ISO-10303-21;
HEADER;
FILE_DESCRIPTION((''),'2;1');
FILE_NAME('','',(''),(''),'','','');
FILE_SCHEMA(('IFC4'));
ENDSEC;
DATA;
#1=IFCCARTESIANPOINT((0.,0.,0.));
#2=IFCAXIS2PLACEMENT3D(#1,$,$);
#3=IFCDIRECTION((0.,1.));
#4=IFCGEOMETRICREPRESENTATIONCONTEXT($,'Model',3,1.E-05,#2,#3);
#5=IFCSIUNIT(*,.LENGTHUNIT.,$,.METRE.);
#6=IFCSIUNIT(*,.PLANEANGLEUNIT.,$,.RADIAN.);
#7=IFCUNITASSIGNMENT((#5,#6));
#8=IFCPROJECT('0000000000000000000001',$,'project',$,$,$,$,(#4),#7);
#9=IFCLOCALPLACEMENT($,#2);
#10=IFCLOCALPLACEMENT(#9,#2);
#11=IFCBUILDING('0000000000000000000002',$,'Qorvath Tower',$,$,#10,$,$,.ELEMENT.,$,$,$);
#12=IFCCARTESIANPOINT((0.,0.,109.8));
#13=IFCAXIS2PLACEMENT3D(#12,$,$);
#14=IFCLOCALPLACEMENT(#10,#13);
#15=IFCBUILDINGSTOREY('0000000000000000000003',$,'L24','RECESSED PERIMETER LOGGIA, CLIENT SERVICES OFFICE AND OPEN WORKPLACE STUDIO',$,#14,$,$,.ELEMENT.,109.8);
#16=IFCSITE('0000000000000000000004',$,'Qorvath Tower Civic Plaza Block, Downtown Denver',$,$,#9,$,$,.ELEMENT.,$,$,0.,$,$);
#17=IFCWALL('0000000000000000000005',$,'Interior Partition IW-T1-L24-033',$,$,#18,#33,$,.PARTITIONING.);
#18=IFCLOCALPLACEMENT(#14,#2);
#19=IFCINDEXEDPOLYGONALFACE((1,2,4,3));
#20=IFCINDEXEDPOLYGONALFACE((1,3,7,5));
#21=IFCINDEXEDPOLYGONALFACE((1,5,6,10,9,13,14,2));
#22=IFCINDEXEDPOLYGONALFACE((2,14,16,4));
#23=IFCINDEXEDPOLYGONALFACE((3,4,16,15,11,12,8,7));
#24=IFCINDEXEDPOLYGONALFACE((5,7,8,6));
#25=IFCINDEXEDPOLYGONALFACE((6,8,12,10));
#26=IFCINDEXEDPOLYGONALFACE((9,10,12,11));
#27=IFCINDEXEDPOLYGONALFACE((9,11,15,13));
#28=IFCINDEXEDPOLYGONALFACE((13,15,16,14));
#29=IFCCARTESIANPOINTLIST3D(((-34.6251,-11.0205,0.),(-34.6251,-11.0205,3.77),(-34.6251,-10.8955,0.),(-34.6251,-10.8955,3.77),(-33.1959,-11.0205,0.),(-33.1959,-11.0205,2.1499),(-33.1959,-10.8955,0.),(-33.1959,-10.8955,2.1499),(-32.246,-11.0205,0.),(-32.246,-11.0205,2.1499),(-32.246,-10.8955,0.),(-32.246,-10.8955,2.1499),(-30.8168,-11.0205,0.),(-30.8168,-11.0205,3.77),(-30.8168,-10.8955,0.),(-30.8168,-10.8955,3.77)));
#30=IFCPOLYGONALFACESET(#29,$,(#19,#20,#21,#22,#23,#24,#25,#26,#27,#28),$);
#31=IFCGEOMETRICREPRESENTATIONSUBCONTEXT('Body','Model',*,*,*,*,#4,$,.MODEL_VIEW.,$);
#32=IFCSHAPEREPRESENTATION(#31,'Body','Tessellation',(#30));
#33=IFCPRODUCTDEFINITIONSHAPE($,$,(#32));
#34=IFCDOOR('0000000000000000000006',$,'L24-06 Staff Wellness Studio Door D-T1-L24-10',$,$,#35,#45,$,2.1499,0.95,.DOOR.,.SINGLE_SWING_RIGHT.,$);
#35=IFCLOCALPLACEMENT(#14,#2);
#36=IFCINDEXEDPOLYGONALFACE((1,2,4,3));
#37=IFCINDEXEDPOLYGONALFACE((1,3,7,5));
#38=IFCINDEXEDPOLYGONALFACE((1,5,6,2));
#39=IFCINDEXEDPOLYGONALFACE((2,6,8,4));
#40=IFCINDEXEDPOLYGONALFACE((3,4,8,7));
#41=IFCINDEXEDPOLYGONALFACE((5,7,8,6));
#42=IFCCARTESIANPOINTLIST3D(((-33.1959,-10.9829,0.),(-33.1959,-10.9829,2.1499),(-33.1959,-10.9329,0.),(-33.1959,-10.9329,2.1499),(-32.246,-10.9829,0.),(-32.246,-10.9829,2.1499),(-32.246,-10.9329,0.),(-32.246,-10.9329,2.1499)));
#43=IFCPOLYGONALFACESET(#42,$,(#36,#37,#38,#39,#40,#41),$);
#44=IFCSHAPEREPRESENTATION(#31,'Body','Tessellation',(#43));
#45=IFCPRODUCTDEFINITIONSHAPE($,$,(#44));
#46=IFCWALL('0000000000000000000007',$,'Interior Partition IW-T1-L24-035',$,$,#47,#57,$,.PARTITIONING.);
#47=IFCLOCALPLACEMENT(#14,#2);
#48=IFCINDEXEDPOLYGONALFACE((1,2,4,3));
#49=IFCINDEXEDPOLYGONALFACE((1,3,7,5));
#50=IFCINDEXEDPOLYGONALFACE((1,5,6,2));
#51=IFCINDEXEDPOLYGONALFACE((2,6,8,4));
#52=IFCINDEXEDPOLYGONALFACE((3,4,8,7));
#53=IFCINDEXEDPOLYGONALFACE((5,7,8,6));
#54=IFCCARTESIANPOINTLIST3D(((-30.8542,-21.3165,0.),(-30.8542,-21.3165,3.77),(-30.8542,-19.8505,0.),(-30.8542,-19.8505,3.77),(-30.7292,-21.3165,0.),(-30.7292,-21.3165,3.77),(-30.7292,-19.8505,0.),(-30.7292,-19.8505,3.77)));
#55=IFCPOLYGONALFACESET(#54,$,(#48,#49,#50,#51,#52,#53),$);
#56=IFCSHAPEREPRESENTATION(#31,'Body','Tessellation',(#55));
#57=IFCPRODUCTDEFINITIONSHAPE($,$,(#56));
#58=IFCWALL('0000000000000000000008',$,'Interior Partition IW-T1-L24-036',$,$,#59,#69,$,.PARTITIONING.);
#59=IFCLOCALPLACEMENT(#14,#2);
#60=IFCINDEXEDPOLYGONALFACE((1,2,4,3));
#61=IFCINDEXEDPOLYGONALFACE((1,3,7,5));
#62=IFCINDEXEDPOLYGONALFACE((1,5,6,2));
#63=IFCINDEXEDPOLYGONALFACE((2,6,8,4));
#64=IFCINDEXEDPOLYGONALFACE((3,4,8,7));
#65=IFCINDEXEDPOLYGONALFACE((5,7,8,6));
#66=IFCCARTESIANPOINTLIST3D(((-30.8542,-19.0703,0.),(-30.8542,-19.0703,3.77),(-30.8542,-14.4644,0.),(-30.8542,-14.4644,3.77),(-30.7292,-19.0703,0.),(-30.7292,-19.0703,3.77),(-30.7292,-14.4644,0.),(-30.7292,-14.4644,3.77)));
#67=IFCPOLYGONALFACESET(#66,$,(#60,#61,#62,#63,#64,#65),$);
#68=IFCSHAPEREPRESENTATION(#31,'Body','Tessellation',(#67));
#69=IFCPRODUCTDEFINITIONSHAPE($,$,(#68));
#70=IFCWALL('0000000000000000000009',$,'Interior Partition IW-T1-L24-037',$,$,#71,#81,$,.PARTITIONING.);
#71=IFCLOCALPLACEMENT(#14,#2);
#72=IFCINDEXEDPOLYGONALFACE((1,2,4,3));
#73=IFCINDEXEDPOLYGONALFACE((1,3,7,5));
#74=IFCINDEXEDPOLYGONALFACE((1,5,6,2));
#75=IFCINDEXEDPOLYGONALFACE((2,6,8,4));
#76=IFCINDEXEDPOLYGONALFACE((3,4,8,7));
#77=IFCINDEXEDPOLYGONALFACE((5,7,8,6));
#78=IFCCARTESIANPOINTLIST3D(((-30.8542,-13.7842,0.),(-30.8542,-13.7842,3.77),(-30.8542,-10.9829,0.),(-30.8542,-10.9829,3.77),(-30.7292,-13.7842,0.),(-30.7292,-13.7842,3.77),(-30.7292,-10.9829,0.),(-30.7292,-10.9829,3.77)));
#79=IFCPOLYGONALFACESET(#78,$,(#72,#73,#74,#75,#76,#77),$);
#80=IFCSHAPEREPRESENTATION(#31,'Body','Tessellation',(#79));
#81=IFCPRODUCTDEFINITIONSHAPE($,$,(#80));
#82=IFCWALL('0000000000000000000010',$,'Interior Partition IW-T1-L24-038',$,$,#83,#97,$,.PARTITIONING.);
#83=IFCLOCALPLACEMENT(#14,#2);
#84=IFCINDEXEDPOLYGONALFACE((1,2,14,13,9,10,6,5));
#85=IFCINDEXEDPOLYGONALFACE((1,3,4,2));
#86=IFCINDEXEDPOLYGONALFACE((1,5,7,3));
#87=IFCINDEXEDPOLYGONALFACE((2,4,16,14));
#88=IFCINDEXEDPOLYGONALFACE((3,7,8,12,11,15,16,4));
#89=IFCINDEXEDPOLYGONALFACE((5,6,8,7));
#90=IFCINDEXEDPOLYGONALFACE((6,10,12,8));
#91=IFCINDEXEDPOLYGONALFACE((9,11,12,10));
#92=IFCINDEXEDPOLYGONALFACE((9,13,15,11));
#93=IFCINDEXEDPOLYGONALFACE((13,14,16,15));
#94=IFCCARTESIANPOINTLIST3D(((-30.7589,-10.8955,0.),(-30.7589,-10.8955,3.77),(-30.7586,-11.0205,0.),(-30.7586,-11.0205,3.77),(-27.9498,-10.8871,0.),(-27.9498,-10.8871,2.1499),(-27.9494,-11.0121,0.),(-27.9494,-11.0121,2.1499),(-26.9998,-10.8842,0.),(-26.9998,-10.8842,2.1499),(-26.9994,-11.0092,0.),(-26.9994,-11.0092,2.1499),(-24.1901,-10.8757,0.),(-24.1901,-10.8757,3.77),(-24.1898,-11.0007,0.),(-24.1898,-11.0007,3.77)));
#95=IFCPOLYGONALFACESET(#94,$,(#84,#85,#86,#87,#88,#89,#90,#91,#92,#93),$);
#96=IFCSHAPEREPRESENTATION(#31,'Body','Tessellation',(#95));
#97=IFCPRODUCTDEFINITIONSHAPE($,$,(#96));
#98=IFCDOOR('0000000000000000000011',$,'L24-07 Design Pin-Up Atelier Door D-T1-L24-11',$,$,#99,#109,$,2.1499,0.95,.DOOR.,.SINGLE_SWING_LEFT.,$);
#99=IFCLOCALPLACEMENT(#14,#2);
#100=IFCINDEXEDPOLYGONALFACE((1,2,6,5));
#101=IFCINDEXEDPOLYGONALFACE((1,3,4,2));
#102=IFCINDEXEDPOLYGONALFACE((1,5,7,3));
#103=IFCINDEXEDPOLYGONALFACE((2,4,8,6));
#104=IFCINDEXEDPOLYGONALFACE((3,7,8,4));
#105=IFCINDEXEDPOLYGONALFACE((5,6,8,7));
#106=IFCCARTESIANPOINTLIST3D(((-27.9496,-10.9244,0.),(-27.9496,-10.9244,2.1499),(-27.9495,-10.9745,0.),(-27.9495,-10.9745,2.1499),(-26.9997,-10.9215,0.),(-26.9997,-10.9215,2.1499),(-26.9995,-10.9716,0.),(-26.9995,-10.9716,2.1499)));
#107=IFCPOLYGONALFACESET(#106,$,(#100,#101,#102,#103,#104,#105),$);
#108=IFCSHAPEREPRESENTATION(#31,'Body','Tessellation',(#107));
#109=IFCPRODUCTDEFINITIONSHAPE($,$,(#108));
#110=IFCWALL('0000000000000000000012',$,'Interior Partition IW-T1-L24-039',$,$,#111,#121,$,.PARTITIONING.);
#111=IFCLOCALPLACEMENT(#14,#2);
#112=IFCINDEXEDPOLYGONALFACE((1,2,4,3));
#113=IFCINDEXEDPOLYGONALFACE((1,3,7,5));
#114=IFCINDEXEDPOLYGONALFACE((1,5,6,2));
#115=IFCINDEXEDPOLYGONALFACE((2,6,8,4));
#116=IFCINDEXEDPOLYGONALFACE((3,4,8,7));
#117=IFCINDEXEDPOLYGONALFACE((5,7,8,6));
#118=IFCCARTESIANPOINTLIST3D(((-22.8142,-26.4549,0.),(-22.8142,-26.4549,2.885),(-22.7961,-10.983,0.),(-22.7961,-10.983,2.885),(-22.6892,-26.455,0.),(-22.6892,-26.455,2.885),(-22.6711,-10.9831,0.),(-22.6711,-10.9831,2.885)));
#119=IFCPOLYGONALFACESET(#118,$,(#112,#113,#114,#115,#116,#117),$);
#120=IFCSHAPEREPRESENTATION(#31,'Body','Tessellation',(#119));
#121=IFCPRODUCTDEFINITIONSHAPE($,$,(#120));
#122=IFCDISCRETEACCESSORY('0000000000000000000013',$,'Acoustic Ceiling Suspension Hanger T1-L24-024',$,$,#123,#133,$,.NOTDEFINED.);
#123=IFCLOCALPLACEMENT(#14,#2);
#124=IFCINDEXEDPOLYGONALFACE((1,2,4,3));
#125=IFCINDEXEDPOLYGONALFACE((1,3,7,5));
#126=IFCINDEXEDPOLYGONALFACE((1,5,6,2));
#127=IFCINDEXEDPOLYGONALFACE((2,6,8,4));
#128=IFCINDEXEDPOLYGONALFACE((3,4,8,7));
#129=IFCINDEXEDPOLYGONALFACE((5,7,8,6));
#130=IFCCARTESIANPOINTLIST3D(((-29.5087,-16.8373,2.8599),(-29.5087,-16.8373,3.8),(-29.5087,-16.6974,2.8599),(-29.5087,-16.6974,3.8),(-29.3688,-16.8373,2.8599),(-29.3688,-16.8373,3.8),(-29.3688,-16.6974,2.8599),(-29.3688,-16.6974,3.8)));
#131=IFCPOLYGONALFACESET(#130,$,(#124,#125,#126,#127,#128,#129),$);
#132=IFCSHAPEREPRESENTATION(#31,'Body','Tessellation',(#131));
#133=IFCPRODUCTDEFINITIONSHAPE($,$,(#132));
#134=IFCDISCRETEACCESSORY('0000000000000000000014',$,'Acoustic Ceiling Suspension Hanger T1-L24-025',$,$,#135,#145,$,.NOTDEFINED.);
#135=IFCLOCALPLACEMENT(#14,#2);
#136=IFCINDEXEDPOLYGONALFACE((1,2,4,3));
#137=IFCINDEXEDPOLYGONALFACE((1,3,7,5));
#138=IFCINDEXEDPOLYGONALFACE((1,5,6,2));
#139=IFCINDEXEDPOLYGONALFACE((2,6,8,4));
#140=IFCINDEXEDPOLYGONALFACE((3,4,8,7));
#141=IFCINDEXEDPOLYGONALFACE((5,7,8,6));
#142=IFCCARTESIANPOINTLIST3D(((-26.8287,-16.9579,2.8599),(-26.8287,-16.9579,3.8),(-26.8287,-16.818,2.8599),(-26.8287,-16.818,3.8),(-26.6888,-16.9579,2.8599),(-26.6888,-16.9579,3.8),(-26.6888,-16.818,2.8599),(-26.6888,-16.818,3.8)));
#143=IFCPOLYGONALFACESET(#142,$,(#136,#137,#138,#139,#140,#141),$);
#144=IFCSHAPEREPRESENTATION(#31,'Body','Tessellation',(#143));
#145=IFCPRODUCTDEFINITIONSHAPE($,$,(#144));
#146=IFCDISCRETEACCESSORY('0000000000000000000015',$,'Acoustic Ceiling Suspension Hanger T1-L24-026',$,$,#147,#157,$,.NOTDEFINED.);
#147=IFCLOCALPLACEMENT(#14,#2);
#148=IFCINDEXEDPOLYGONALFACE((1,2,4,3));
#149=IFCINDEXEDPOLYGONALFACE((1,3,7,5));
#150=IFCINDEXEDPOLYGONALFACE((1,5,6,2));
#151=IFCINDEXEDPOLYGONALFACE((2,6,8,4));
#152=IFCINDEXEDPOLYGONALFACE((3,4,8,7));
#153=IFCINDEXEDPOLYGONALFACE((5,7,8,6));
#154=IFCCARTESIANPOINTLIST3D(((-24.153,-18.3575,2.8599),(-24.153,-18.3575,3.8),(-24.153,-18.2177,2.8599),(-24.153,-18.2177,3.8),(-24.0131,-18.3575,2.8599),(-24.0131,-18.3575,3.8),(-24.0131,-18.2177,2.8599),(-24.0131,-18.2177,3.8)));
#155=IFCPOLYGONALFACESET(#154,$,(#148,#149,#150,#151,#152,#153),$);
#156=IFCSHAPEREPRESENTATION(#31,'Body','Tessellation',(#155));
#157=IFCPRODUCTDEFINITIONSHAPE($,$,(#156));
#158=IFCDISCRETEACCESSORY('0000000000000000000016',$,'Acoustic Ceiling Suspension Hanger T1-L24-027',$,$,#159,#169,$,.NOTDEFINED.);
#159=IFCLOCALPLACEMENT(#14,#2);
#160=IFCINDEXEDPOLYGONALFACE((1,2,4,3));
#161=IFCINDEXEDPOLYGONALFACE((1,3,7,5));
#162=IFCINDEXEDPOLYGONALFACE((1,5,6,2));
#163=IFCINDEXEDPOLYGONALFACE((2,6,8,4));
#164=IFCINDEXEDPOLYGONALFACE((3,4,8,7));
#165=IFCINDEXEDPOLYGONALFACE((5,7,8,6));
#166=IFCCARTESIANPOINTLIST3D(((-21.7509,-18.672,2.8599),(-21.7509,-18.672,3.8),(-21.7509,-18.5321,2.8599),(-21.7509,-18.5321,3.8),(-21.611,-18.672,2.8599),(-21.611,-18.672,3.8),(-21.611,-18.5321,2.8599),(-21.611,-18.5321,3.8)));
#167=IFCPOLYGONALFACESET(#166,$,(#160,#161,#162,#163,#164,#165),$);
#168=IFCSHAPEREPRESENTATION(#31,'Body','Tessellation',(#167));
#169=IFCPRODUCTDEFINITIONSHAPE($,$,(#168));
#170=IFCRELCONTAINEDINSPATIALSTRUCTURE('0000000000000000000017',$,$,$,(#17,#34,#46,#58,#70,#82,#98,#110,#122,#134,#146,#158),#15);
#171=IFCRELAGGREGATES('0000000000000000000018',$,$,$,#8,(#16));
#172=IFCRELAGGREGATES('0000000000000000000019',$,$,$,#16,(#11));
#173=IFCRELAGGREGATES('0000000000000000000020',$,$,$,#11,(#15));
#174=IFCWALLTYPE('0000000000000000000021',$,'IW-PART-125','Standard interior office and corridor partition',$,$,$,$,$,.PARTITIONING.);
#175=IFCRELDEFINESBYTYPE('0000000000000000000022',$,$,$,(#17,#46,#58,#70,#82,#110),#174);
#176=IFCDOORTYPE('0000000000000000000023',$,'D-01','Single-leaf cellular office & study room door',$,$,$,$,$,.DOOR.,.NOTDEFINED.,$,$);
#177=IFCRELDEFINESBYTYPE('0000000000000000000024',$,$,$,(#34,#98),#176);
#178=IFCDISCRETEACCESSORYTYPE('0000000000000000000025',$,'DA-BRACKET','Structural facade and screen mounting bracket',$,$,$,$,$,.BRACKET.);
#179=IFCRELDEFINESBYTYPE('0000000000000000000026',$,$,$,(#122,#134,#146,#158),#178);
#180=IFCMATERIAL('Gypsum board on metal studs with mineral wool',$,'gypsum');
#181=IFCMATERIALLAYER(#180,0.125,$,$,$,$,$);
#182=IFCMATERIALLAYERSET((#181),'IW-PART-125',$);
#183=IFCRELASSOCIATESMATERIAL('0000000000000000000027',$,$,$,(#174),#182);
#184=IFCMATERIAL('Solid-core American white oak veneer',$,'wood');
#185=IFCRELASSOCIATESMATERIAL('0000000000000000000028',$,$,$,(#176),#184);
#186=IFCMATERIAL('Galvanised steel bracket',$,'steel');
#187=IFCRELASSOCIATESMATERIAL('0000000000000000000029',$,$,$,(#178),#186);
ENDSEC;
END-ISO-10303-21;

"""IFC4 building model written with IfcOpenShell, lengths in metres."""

from ifc_helpers import new_model, si_unit, direction, frame, frame_2d, origin, origin_2d, place, context, subcontext, project, spatial, rectangle, extrude, material, layer, layer_set, type_object, element, fill, save


model = new_model("IFC4")

# Units and contexts
model_context = context("Model", 3, precision=1e-05, world=origin(), true_north=direction((0.0, 1.0)))
body_context = subcontext(model_context, "Body", "Model", "MODEL_VIEW")
ifc_project = project(units=[si_unit("LENGTHUNIT", "METRE"), si_unit("PLANEANGLEUNIT", "RADIAN")], contexts=[model_context])

# Site, building, storey
site_placement = place(None, origin())
site = spatial("IfcSite", under=ifc_project, at=site_placement, Name="Qorvath Tower Civic Plaza Block, Downtown Denver", CompositionType="ELEMENT", RefElevation=0.0)
building_placement = place(site_placement, origin())
building = spatial("IfcBuilding", under=site, at=building_placement, Name="Qorvath Tower", CompositionType="ELEMENT")
storey_placement = place(building_placement, frame((0.0, 0.0, 109.8)))
storey = spatial("IfcBuildingStorey", under=building, at=storey_placement, Name="L24", Description="RECESSED PERIMETER LOGGIA, CLIENT SERVICES OFFICE AND OPEN WORKPLACE STUDIO", CompositionType="ELEMENT", Elevation=109.8)

# Wall, opening, door
ifc_material_1 = material(Name="Gypsum board on metal studs with mineral wool", Category="gypsum")
ifc_layer_1 = layer(ifc_material_1, 0.125)
ifc_layer_set_1 = layer_set([ifc_layer_1], Name="IW-PART-125")
wall_type = type_object("IfcWallType", Name="IW-PART-125", Description="Standard interior office and corridor partition", PredefinedType="PARTITIONING", material=ifc_layer_set_1)
wall_1_placement = place(storey_placement, frame((-30.8167, -10.958, 0.0), z_axis=(0.0, 0.0, 1.0), x_axis=(-1.0, 0.0, 0.0)))
wall_1 = element("IfcWall", 1, at=wall_1_placement, inside=storey, type_object=wall_type, Name="Interior Partition IW-T1-L24-033", PredefinedType="PARTITIONING", context=body_context, shape_type="SweptSolid", body=[
    extrude(rectangle(XDim=3.8083, YDim=0.125, at=frame_2d((1.9043, 0.0))), origin(), (0.0, 0.0, 1.0), 3.77),
])
opening_1_placement = place(wall_1_placement, frame((1.4292, 0.0, 0.0)))
opening_1 = element("IfcOpeningElement", 2, at=opening_1_placement, cuts=wall_1, PredefinedType="OPENING", context=body_context, shape_type="SweptSolid", body=[
    extrude(rectangle(XDim=0.95, YDim=2.1499, at=frame_2d((0.4751, 1.075))), frame((0.0, 0.0725, 0.0), z_axis=(0.0, -1.0, 0.0), x_axis=(1.0, 0.0, 0.0)), (0.0, 0.0, 1.0), 0.145),
])
ifc_material_2 = material(Name="Solid-core American white oak veneer", Category="wood")
door_type = type_object("IfcDoorType", Name="D-01", Description="Single-leaf cellular office & study room door", OperationType="NOTDEFINED", PredefinedType="DOOR", material=ifc_material_2)
door_1_placement = place(opening_1_placement, origin())
door_1 = element("IfcDoor", 3, at=door_1_placement, inside=storey, type_object=door_type, Name="L24-06 Staff Wellness Studio Door D-T1-L24-10", OperationType="SINGLE_SWING_RIGHT", OverallHeight=2.1499, OverallWidth=0.95, PredefinedType="DOOR", context=body_context, shape_type="SweptSolid", body=[
    extrude(rectangle(XDim=0.95, YDim=2.1499, at=frame_2d((0.4751, 1.075))), frame((0.0, 0.0249, 0.0), z_axis=(0.0, -1.0, 0.0), x_axis=(1.0, 0.0, 0.0)), (0.0, 0.0, 1.0), 0.05),
])
fill(opening_1, door_1)

# Walls
wall_2_placement = place(storey_placement, frame((-30.7917, -21.3164, 0.0), z_axis=(0.0, 0.0, 1.0), x_axis=(0.0, 1.0, 0.0)))
element("IfcWall", 4, at=wall_2_placement, inside=storey, type_object=wall_type, Name="Interior Partition IW-T1-L24-035", PredefinedType="PARTITIONING", context=body_context, shape_type="SweptSolid", body=[
    extrude(rectangle(XDim=1.4661, YDim=0.125, at=frame_2d((0.7329, 0.0))), origin(), (0.0, 0.0, 1.0), 3.77),
])
wall_3_placement = place(storey_placement, frame((-30.7917, -19.0703, 0.0), z_axis=(0.0, 0.0, 1.0), x_axis=(0.0, 1.0, 0.0)))
element("IfcWall", 5, at=wall_3_placement, inside=storey, type_object=wall_type, Name="Interior Partition IW-T1-L24-036", PredefinedType="PARTITIONING", context=body_context, shape_type="SweptSolid", body=[
    extrude(rectangle(XDim=4.606, YDim=0.125, at=frame_2d((2.303, 0.0))), origin(), (0.0, 0.0, 1.0), 3.77),
])
wall_4_placement = place(storey_placement, frame((-30.7917, -13.7842, 0.0), z_axis=(0.0, 0.0, 1.0), x_axis=(0.0, 1.0, 0.0)))
element("IfcWall", 6, at=wall_4_placement, inside=storey, type_object=wall_type, Name="Interior Partition IW-T1-L24-037", PredefinedType="PARTITIONING", context=body_context, shape_type="SweptSolid", body=[
    extrude(rectangle(XDim=2.8013, YDim=0.125, at=frame_2d((1.4006, 0.0))), origin(), (0.0, 0.0, 1.0), 3.77),
])

# Wall, opening, door
wall_5_placement = place(storey_placement, frame((-24.1899, -10.9382, 0.0), z_axis=(0.0, 0.0, 1.0), x_axis=(-0.999995, -0.00301, 0.0)))
wall_5 = element("IfcWall", 7, at=wall_5_placement, inside=storey, type_object=wall_type, Name="Interior Partition IW-T1-L24-038", PredefinedType="PARTITIONING", context=body_context, shape_type="SweptSolid", body=[
    extrude(rectangle(XDim=6.5688, YDim=0.125, at=frame_2d((3.2844, 0.0))), origin(), (0.0, 0.0, 1.0), 3.77),
])
opening_2_placement = place(wall_5_placement, frame((2.8096, 0.0, 0.0)))
opening_2 = element("IfcOpeningElement", 8, at=opening_2_placement, cuts=wall_5, PredefinedType="OPENING", context=body_context, shape_type="SweptSolid", body=[
    extrude(rectangle(XDim=0.95, YDim=2.1499, at=frame_2d((0.4751, 1.075))), frame((0.0, 0.0725, 0.0), z_axis=(0.0, -1.0, 0.0), x_axis=(1.0, 0.0, 0.0)), (0.0, 0.0, 1.0), 0.145),
])
door_2_placement = place(opening_2_placement, origin())
door_2 = element("IfcDoor", 9, at=door_2_placement, inside=storey, type_object=door_type, Name="L24-07 Design Pin-Up Atelier Door D-T1-L24-11", OperationType="SINGLE_SWING_LEFT", OverallHeight=2.1499, OverallWidth=0.95, PredefinedType="DOOR", context=body_context, shape_type="SweptSolid", body=[
    extrude(rectangle(XDim=0.95, YDim=2.1499, at=frame_2d((0.4751, 1.075))), frame((0.0, 0.0249, 0.0), z_axis=(0.0, -1.0, 0.0), x_axis=(1.0, 0.0, 0.0)), (0.0, 0.0, 1.0), 0.05),
])
fill(opening_2, door_2)

# Wall
wall_6_placement = place(storey_placement, frame((-22.7517, -26.4548, 0.0), z_axis=(0.0, 0.0, 1.0), x_axis=(0.001168, 0.999999, 0.0)))
element("IfcWall", 10, at=wall_6_placement, inside=storey, type_object=wall_type, Name="Interior Partition IW-T1-L24-039", PredefinedType="PARTITIONING", context=body_context, shape_type="SweptSolid", body=[
    extrude(rectangle(XDim=15.4719, YDim=0.125, at=frame_2d((7.7358, 0.0))), origin(), (0.0, 0.0, 1.0), 2.885),
])

# Discrete accessories
ifc_material_3 = material(Name="Galvanised steel bracket", Category="steel")
discrete_accessory_type = type_object("IfcDiscreteAccessoryType", Name="DA-BRACKET", Description="Structural facade and screen mounting bracket", PredefinedType="BRACKET", material=ifc_material_3)
for number, where, z_axis, x_axis, name in (
    (11, (-29.4387, -16.7673, 2.8599), (0.0, 0.0, 1.0), (1.0, 0.0, 0.0), "Acoustic Ceiling Suspension Hanger T1-L24-024"),
    (12, (-26.7588, -16.8879, 2.8599), (0.0, 0.0, 1.0), (1.0, 0.0, 0.0), "Acoustic Ceiling Suspension Hanger T1-L24-025"),
    (13, (-24.083, -18.2876, 2.8599), (0.0, 0.0, 1.0), (1.0, 0.0, 0.0), "Acoustic Ceiling Suspension Hanger T1-L24-026"),
    (14, (-21.6809, -18.6021, 2.8599), (0.0, 0.0, 1.0), (1.0, 0.0, 0.0), "Acoustic Ceiling Suspension Hanger T1-L24-027"),
):
    element("IfcDiscreteAccessory", number, at=place(storey_placement, frame(where, z_axis=z_axis, x_axis=x_axis)), inside=storey, type_object=discrete_accessory_type, Name=name, PredefinedType="NOTDEFINED", context=body_context, shape_type="SweptSolid", body=[
        extrude(rectangle(XDim=0.1399, YDim=0.1399, at=origin_2d()), origin(), (0.0, 0.0, 1.0), 0.9402),
    ])

save(model, "model.ifc")
